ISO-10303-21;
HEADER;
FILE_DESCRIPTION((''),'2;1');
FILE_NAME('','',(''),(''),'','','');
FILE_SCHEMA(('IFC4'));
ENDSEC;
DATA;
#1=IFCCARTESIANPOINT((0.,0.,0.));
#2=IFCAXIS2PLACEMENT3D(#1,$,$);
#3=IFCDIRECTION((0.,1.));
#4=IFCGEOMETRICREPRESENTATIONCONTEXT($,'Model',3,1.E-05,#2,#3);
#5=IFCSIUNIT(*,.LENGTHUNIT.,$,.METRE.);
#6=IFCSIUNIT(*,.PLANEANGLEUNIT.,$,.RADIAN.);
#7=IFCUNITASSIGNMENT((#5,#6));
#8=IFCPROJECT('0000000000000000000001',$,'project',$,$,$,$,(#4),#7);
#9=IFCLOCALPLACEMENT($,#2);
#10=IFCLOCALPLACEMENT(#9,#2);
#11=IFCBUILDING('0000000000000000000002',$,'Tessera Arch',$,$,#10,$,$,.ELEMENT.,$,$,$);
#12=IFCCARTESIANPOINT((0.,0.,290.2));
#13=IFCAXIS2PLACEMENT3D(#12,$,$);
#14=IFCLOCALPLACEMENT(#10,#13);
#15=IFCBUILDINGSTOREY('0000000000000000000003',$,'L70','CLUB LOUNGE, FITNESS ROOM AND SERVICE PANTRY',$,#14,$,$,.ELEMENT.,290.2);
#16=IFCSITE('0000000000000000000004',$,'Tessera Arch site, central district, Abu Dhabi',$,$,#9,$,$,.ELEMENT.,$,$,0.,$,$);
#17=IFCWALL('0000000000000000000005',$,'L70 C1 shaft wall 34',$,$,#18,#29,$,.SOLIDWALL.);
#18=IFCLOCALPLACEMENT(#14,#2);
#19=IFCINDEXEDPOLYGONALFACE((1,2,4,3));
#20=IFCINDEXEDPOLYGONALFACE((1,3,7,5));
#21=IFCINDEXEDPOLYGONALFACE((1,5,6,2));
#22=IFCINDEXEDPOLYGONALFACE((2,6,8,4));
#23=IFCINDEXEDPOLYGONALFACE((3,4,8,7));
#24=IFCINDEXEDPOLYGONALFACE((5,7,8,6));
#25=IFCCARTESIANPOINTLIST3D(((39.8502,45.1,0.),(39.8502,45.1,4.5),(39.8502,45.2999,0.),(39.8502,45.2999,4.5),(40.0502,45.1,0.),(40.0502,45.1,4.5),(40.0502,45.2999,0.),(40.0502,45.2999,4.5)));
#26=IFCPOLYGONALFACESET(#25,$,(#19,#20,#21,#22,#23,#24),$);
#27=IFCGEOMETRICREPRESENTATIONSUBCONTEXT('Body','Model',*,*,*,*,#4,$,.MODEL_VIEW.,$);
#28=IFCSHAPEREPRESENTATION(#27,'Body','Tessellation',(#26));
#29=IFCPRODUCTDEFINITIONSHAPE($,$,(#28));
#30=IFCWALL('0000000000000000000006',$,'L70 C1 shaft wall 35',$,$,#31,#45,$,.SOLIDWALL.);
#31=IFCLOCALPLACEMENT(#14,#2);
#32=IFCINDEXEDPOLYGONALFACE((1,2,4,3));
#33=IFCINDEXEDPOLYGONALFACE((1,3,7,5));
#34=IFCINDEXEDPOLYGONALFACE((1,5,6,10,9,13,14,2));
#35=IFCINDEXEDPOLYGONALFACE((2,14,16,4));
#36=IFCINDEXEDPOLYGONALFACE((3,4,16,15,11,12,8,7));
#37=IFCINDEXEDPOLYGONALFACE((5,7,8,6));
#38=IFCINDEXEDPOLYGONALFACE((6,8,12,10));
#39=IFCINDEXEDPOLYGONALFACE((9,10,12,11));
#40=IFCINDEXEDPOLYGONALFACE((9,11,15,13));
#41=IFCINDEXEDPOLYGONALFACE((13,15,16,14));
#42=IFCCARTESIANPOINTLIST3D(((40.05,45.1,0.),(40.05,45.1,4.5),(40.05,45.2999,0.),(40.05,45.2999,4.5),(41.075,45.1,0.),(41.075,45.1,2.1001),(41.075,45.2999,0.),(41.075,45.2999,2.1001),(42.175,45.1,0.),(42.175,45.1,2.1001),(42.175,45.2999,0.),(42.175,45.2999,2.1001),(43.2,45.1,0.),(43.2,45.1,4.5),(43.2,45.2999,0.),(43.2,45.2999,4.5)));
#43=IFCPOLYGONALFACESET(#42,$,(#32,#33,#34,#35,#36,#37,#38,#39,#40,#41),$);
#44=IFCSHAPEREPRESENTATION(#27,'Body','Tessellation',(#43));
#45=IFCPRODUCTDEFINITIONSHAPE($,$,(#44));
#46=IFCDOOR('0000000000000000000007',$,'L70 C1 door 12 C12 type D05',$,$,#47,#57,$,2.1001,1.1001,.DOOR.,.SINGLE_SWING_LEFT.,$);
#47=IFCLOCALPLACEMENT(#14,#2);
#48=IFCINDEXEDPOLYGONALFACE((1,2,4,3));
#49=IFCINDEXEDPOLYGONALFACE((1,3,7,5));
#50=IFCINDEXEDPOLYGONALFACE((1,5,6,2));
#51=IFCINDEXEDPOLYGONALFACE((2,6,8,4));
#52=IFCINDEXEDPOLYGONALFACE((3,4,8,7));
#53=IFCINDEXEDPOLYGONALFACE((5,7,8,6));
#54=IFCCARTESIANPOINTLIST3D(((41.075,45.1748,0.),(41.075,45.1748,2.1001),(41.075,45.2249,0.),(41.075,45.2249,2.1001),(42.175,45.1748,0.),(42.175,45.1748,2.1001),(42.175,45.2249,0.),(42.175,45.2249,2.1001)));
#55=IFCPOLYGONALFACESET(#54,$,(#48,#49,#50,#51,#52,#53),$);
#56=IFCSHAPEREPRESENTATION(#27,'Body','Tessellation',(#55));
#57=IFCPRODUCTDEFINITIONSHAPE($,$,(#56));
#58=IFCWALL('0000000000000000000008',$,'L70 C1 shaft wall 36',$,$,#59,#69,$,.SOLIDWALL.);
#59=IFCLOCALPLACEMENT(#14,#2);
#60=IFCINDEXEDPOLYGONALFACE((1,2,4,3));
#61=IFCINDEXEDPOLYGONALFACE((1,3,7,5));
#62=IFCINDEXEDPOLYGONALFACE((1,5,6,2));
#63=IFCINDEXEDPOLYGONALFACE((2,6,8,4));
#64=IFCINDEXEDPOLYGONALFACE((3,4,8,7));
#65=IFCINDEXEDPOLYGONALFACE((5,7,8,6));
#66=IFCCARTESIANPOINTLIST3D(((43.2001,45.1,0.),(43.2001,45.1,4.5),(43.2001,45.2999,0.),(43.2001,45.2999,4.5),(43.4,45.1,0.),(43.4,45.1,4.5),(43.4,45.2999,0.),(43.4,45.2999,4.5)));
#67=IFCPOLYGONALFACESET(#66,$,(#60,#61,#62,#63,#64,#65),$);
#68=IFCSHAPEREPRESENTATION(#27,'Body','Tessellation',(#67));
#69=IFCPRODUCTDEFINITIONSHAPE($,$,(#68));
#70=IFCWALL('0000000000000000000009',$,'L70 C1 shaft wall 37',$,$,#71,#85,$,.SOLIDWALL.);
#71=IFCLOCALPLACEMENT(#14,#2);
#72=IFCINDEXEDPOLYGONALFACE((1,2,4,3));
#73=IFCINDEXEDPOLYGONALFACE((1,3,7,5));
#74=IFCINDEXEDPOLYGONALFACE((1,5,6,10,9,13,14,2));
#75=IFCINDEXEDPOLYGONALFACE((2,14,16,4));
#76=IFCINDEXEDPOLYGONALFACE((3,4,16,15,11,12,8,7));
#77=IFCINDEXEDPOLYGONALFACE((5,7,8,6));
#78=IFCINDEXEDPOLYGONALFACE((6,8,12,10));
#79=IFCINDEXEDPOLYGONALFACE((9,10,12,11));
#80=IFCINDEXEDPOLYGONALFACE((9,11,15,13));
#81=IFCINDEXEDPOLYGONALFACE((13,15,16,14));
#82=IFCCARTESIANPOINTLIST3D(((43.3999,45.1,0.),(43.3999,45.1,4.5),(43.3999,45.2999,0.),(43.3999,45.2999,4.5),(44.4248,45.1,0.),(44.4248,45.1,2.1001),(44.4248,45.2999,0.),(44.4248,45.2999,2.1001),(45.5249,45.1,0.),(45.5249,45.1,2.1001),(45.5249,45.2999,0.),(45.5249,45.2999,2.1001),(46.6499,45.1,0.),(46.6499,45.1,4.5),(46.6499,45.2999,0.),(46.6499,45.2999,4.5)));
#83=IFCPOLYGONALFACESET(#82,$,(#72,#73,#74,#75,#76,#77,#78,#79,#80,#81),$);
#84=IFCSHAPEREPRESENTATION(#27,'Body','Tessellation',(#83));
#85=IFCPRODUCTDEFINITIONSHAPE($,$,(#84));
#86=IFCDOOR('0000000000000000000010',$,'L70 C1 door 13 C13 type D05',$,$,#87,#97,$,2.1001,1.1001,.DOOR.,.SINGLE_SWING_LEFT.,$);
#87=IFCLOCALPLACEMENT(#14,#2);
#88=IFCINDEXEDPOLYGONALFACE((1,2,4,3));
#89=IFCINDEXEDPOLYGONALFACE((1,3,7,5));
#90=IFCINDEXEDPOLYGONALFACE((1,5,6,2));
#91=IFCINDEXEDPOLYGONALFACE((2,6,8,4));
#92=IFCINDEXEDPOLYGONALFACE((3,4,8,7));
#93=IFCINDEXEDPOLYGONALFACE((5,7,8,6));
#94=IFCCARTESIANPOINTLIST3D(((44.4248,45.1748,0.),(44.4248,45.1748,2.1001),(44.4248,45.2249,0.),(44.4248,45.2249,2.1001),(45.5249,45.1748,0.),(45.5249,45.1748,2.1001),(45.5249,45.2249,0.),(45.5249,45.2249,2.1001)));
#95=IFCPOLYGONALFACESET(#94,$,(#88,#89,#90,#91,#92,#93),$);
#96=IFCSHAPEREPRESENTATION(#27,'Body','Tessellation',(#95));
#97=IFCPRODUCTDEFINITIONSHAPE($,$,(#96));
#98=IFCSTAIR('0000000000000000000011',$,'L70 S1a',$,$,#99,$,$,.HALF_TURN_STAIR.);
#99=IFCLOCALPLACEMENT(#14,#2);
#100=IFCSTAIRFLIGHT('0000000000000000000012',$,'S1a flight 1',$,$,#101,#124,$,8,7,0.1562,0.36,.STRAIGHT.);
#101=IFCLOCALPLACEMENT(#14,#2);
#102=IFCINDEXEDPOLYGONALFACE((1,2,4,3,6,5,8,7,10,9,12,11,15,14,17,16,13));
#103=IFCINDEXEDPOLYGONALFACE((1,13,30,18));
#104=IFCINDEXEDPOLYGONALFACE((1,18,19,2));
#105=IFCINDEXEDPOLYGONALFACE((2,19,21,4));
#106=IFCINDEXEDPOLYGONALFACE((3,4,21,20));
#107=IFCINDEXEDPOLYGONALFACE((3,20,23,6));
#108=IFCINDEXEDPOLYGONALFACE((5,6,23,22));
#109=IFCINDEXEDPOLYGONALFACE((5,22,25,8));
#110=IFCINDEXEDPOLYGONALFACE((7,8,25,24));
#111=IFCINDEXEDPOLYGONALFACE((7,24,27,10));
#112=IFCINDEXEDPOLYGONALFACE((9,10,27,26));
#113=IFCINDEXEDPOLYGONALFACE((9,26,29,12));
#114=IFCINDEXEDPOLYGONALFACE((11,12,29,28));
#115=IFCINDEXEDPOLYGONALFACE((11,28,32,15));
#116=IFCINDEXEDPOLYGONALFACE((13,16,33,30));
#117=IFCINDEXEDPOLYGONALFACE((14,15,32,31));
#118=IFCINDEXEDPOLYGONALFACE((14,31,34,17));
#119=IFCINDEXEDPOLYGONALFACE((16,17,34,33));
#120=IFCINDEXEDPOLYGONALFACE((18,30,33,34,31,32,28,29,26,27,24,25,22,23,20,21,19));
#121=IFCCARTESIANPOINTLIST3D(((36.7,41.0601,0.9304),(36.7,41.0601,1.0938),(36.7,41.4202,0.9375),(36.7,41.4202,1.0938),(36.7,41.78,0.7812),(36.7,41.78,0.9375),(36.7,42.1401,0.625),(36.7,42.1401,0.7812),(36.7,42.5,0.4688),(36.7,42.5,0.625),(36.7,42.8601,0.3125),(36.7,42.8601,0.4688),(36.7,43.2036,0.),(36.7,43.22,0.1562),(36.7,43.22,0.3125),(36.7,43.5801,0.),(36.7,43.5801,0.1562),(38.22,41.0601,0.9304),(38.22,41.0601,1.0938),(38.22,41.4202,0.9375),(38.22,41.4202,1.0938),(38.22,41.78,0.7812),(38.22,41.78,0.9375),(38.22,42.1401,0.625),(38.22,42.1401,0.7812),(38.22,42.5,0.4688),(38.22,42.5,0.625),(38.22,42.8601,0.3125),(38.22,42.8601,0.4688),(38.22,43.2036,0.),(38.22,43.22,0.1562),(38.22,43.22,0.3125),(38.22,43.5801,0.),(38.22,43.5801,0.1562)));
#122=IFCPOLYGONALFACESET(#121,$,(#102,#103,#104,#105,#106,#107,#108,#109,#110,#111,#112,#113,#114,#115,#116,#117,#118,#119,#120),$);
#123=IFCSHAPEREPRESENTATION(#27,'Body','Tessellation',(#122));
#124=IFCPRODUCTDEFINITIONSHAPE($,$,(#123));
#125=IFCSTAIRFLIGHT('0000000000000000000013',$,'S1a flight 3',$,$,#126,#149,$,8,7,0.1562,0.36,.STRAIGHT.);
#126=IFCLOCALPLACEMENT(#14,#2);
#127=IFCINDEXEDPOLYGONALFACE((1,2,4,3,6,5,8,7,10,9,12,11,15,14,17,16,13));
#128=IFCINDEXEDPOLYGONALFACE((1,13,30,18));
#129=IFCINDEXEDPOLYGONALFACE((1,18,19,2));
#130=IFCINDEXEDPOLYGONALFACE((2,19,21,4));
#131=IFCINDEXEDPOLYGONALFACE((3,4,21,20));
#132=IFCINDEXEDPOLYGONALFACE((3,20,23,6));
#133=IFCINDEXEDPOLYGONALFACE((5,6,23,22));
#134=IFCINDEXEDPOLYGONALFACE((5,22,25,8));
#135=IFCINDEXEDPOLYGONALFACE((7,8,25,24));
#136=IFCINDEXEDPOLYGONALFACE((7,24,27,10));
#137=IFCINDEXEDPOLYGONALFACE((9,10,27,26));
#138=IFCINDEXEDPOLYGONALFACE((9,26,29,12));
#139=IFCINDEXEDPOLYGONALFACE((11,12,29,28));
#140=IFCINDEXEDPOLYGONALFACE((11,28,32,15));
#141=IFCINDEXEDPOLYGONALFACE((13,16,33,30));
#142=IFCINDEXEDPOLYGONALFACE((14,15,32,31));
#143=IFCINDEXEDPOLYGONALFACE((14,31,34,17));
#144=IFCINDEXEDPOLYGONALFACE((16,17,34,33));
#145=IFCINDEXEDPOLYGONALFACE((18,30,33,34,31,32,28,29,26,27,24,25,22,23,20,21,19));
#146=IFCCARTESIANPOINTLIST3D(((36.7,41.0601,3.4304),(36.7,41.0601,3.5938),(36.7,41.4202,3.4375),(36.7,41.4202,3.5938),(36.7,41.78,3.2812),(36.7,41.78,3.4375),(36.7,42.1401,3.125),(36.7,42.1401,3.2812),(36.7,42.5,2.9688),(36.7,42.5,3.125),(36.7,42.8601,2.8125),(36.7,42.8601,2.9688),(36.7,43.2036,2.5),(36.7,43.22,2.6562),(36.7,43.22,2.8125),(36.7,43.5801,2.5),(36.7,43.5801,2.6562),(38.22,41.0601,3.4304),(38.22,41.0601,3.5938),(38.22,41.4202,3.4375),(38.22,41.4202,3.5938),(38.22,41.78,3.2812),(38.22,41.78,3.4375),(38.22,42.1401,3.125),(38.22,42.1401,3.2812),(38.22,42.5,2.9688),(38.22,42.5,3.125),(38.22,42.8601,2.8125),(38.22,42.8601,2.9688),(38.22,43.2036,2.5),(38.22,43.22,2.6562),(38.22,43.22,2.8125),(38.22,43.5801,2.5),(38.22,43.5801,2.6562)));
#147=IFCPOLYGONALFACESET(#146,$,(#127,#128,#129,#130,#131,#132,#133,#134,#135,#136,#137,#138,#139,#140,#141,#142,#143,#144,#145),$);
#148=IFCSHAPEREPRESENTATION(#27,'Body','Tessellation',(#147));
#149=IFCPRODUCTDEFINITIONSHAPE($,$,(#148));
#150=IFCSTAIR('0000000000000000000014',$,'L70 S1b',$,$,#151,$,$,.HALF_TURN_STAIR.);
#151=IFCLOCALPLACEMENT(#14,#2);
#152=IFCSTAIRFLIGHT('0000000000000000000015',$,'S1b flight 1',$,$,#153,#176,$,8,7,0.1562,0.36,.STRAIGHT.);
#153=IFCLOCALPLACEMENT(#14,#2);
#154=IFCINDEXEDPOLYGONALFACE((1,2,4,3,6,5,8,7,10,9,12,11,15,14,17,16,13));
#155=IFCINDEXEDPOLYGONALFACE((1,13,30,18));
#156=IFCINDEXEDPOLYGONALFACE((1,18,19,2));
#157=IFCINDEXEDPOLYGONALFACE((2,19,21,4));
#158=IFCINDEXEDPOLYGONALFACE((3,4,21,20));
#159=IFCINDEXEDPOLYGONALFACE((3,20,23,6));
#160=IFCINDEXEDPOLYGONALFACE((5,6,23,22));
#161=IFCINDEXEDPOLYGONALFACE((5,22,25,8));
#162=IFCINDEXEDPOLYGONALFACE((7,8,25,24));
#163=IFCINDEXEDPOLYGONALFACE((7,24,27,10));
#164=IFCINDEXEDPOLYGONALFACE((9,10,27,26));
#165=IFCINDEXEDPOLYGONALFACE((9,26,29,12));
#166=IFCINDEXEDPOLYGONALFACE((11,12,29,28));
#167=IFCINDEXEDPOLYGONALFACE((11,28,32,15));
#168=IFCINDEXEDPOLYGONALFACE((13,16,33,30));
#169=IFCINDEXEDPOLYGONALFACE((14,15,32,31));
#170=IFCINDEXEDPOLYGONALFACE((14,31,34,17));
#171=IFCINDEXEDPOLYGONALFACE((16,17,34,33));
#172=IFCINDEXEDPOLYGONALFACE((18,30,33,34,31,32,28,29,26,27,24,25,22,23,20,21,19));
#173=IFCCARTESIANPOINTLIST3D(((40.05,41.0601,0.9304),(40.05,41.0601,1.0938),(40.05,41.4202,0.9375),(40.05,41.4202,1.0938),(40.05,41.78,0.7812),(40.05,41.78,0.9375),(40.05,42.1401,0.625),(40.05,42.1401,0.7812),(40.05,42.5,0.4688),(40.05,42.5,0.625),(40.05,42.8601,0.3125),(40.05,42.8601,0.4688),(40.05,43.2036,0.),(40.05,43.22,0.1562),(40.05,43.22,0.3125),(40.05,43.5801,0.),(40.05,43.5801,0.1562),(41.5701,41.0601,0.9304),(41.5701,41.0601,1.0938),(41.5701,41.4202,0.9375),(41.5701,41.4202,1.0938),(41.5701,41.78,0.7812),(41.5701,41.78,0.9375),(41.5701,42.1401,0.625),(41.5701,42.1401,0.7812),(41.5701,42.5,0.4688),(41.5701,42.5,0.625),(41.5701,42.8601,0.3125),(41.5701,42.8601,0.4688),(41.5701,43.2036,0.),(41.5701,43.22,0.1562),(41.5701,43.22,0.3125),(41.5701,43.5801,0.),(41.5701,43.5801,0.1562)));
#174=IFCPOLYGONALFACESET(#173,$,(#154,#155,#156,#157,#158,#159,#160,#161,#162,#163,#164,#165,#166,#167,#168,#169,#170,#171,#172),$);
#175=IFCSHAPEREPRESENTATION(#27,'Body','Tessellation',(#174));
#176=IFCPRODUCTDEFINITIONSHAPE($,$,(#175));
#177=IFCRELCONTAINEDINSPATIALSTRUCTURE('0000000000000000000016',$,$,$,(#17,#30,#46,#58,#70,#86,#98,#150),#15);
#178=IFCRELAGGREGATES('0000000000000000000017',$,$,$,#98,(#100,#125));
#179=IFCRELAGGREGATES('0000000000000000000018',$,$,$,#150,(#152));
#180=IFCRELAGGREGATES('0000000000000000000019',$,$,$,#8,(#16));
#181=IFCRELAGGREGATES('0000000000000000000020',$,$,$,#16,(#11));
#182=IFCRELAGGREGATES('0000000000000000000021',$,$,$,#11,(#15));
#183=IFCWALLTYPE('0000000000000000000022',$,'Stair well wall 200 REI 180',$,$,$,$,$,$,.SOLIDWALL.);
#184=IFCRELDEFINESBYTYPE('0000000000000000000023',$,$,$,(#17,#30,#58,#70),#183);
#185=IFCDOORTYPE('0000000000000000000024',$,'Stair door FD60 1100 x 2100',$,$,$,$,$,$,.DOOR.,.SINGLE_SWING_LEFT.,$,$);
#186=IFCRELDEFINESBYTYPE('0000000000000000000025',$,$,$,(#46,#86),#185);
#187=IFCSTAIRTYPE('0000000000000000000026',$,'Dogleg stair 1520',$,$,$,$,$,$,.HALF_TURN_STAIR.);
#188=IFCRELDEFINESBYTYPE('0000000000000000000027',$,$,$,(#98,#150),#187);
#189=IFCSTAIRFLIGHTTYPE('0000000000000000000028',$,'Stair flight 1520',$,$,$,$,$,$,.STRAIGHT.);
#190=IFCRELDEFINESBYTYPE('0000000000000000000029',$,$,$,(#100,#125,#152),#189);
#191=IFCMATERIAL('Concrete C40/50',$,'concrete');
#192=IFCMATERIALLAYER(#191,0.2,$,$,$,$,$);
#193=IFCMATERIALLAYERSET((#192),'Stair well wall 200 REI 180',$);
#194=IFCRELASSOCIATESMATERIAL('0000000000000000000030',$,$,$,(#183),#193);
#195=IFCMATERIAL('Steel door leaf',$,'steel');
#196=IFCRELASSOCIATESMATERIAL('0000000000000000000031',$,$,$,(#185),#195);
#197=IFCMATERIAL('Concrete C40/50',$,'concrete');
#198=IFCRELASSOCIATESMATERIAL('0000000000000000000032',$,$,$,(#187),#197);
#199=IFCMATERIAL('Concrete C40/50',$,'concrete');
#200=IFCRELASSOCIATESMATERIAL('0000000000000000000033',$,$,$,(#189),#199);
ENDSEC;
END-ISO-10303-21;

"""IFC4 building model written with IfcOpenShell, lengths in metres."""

from ifc_helpers import new_model, si_unit, direction, frame, frame_2d, origin, place, context, subcontext, project, spatial, polyline, rectangle, outline, extrude, material, layer, layer_set, type_object, element, fill, aggregate, save


model = new_model("IFC4")

# Units and contexts
model_context = context("Model", 3, precision=1e-05, world=origin(), true_north=direction((0.0, 1.0)))
body_context = subcontext(model_context, "Body", "Model", "MODEL_VIEW")
ifc_project = project(units=[si_unit("LENGTHUNIT", "METRE"), si_unit("PLANEANGLEUNIT", "RADIAN")], contexts=[model_context])

# Site, building, storey
site_placement = place(None, origin())
site = spatial("IfcSite", under=ifc_project, at=site_placement, Name="Tessera Arch site, central district, Abu Dhabi", CompositionType="ELEMENT", RefElevation=0.0)
building_placement = place(site_placement, origin())
building = spatial("IfcBuilding", under=site, at=building_placement, Name="Tessera Arch", CompositionType="ELEMENT")
storey_placement = place(building_placement, frame((0.0, 0.0, 290.2)))
storey = spatial("IfcBuildingStorey", under=building, at=storey_placement, Name="L70", Description="CLUB LOUNGE, FITNESS ROOM AND SERVICE PANTRY", CompositionType="ELEMENT", Elevation=290.2)

# Shared definitions
ifc_material_1 = material(Name="Concrete C40/50", Category="concrete")
ifc_layer_1 = layer(ifc_material_1, 0.2)
ifc_layer_set_1 = layer_set([ifc_layer_1], Name="Stair well wall 200 REI 180")
wall_type_1 = type_object("IfcWallType", Name="Stair well wall 200 REI 180", PredefinedType="SOLIDWALL", material=ifc_layer_set_1)

# Shared definitions
ifc_material_2 = material(Name="Steel door leaf", Category="steel")
door_type_1 = type_object("IfcDoorType", Name="Stair door FD60 1100 x 2100", OperationType="SINGLE_SWING_LEFT", PredefinedType="DOOR", material=ifc_material_2)

# Wall
wall_1_placement = place(storey_placement, frame((39.8501, 45.2, 0.0), z_axis=(0.0, 0.0, 1.0), x_axis=(1.0, 0.0, 0.0)))
element("IfcWall", 1, at=wall_1_placement, inside=storey, type_object=wall_type_1, Name="L70 C1 shaft wall 34", PredefinedType="SOLIDWALL", context=body_context, shape_type="SweptSolid", body=[
    extrude(rectangle(XDim=0.2, YDim=0.2, at=frame_2d((0.1001, 0.0))), origin(), (0.0, 0.0, 1.0), 4.5),
])

# Wall, opening, door
wall_2_placement = place(storey_placement, frame((40.05, 45.2, 0.0), z_axis=(0.0, 0.0, 1.0), x_axis=(1.0, 0.0, 0.0)))
wall_2 = element("IfcWall", 2, at=wall_2_placement, inside=storey, type_object=wall_type_1, Name="L70 C1 shaft wall 35", PredefinedType="SOLIDWALL", context=body_context, shape_type="SweptSolid", body=[
    extrude(rectangle(XDim=3.1499, YDim=0.2, at=frame_2d((1.575, 0.0))), origin(), (0.0, 0.0, 1.0), 4.5),
])
opening_1_placement = place(wall_2_placement, frame((1.0249, 0.0, 0.0)))
opening_1 = element("IfcOpeningElement", 3, at=opening_1_placement, cuts=wall_2, PredefinedType="OPENING", context=body_context, shape_type="SweptSolid", body=[
    extrude(rectangle(XDim=1.1001, YDim=2.1001, at=frame_2d((0.55, 1.05))), frame((0.0, 0.1099, 0.0), z_axis=(0.0, -1.0, 0.0), x_axis=(1.0, 0.0, 0.0)), (0.0, 0.0, 1.0), 0.22),
])
door_1_placement = place(opening_1_placement, origin())
door_1 = element("IfcDoor", 4, at=door_1_placement, inside=storey, type_object=door_type_1, Name="L70 C1 door 12 C12 type D05", OperationType="SINGLE_SWING_LEFT", OverallHeight=2.1001, OverallWidth=1.1001, PredefinedType="DOOR", context=body_context, shape_type="SweptSolid", body=[
    extrude(rectangle(XDim=1.1001, YDim=2.1001, at=frame_2d((0.55, 1.05))), frame((0.0, 0.0249, 0.0), z_axis=(0.0, -1.0, 0.0), x_axis=(1.0, 0.0, 0.0)), (0.0, 0.0, 1.0), 0.05),
])
fill(opening_1, door_1)

# Wall
wall_3_placement = place(storey_placement, frame((43.2, 45.2, 0.0), z_axis=(0.0, 0.0, 1.0), x_axis=(1.0, 0.0, 0.0)))
element("IfcWall", 5, at=wall_3_placement, inside=storey, type_object=wall_type_1, Name="L70 C1 shaft wall 36", PredefinedType="SOLIDWALL", context=body_context, shape_type="SweptSolid", body=[
    extrude(rectangle(XDim=0.2, YDim=0.2, at=frame_2d((0.1001, 0.0))), origin(), (0.0, 0.0, 1.0), 4.5),
])

# Wall, opening, door
wall_4_placement = place(storey_placement, frame((43.3999, 45.2, 0.0), z_axis=(0.0, 0.0, 1.0), x_axis=(1.0, 0.0, 0.0)))
wall_4 = element("IfcWall", 6, at=wall_4_placement, inside=storey, type_object=wall_type_1, Name="L70 C1 shaft wall 37", PredefinedType="SOLIDWALL", context=body_context, shape_type="SweptSolid", body=[
    extrude(rectangle(XDim=3.25, YDim=0.2, at=frame_2d((1.625, 0.0))), origin(), (0.0, 0.0, 1.0), 4.5),
])
opening_2_placement = place(wall_4_placement, frame((1.0249, 0.0, 0.0)))
opening_2 = element("IfcOpeningElement", 7, at=opening_2_placement, cuts=wall_4, PredefinedType="OPENING", context=body_context, shape_type="SweptSolid", body=[
    extrude(rectangle(XDim=1.1001, YDim=2.1001, at=frame_2d((0.55, 1.05))), frame((0.0, 0.1099, 0.0), z_axis=(0.0, -1.0, 0.0), x_axis=(1.0, 0.0, 0.0)), (0.0, 0.0, 1.0), 0.22),
])
door_2_placement = place(opening_2_placement, origin())
door_2 = element("IfcDoor", 8, at=door_2_placement, inside=storey, type_object=door_type_1, Name="L70 C1 door 13 C13 type D05", OperationType="SINGLE_SWING_LEFT", OverallHeight=2.1001, OverallWidth=1.1001, PredefinedType="DOOR", context=body_context, shape_type="SweptSolid", body=[
    extrude(rectangle(XDim=1.1001, YDim=2.1001, at=frame_2d((0.55, 1.05))), frame((0.0, 0.0249, 0.0), z_axis=(0.0, -1.0, 0.0), x_axis=(1.0, 0.0, 0.0)), (0.0, 0.0, 1.0), 0.05),
])
fill(opening_2, door_2)

# Stairs, stair flights
ifc_material_3 = material(Name="Concrete C40/50", Category="concrete")
stair_type = type_object("IfcStairType", Name="Dogleg stair 1520", PredefinedType="HALF_TURN_STAIR", material=ifc_material_3)
stair_1_placement = place(storey_placement, origin())
stair_1 = element("IfcStair", 9, at=stair_1_placement, inside=storey, type_object=stair_type, Name="L70 S1a", PredefinedType="HALF_TURN_STAIR")
ifc_material_4 = material(Name="Concrete C40/50", Category="concrete")
stair_flight_type = type_object("IfcStairFlightType", Name="Stair flight 1520", PredefinedType="STRAIGHT", material=ifc_material_4)
stair_flight_1_placement = place(storey_placement, frame((37.46, 43.5801, 0.0), z_axis=(0.0, 0.0, 1.0), x_axis=(0.0, -1.0, 0.0)))
stair_flight_1 = element("IfcStairFlight", 10, at=stair_flight_1_placement, type_object=stair_flight_type, Name="S1a flight 1", NumberOfRisers=8, NumberOfTreads=7, PredefinedType="STRAIGHT", RiserHeight=0.1562, TreadLength=0.36, context=body_context, shape_type="SweptSolid", body=[
    extrude(outline(polyline([(0.0, 0.0), (0.0, 0.1562), (0.3601, 0.1562), (0.3601, 0.3125), (0.72, 0.3125), (0.72, 0.4688), (1.0801, 0.4688), (1.0801, 0.625), (1.4399, 0.625), (1.4399, 0.7812), (1.8, 0.7812), (1.8, 0.9375), (2.1599, 0.9375), (2.1599, 1.0938), (2.52, 1.0938), (2.52, 1.25), (2.52, 0.9304), (0.3765, 0.0), (0.0, 0.0)])), frame((0.0, 0.76, 0.0), z_axis=(0.0, -1.0, 0.0), x_axis=(1.0, 0.0, 0.0)), (0.0, 0.0, 1.0), 1.52),
])
stair_flight_2_placement = place(storey_placement, frame((37.46, 43.5801, 2.5), z_axis=(0.0, 0.0, 1.0), x_axis=(0.0, -1.0, 0.0)))
stair_flight_2 = element("IfcStairFlight", 11, at=stair_flight_2_placement, type_object=stair_flight_type, Name="S1a flight 3", NumberOfRisers=8, NumberOfTreads=7, PredefinedType="STRAIGHT", RiserHeight=0.1562, TreadLength=0.36, context=body_context, shape_type="SweptSolid", body=[
    extrude(outline(polyline([(0.0, 0.0), (0.0, 0.1562), (0.3601, 0.1562), (0.3601, 0.3125), (0.72, 0.3125), (0.72, 0.4688), (1.0801, 0.4688), (1.0801, 0.625), (1.4399, 0.625), (1.4399, 0.7812), (1.8, 0.7812), (1.8, 0.9375), (2.1599, 0.9375), (2.1599, 1.0938), (2.52, 1.0938), (2.52, 1.25), (2.52, 0.9304), (0.3765, 0.0), (0.0, 0.0)])), frame((0.0, 0.76, 0.0), z_axis=(0.0, -1.0, 0.0), x_axis=(1.0, 0.0, 0.0)), (0.0, 0.0, 1.0), 1.52),
])
aggregate(stair_1, [stair_flight_1, stair_flight_2])
stair_2_placement = place(storey_placement, origin())
stair_2 = element("IfcStair", 12, at=stair_2_placement, inside=storey, type_object=stair_type, Name="L70 S1b", PredefinedType="HALF_TURN_STAIR")
stair_flight_3_placement = place(storey_placement, frame((40.8101, 43.5801, 0.0), z_axis=(0.0, 0.0, 1.0), x_axis=(0.0, -1.0, 0.0)))
stair_flight_3 = element("IfcStairFlight", 13, at=stair_flight_3_placement, type_object=stair_flight_type, Name="S1b flight 1", NumberOfRisers=8, NumberOfTreads=7, PredefinedType="STRAIGHT", RiserHeight=0.1562, TreadLength=0.36, context=body_context, shape_type="SweptSolid", body=[
    extrude(outline(polyline([(0.0, 0.0), (0.0, 0.1562), (0.3601, 0.1562), (0.3601, 0.3125), (0.72, 0.3125), (0.72, 0.4688), (1.0801, 0.4688), (1.0801, 0.625), (1.4399, 0.625), (1.4399, 0.7812), (1.8, 0.7812), (1.8, 0.9375), (2.1599, 0.9375), (2.1599, 1.0938), (2.52, 1.0938), (2.52, 1.25), (2.52, 0.9304), (0.3765, 0.0), (0.0, 0.0)])), frame((0.0, 0.76, 0.0), z_axis=(0.0, -1.0, 0.0), x_axis=(1.0, 0.0, 0.0)), (0.0, 0.0, 1.0), 1.52),
])
aggregate(stair_2, [stair_flight_3])

save(model, "model.ifc")
